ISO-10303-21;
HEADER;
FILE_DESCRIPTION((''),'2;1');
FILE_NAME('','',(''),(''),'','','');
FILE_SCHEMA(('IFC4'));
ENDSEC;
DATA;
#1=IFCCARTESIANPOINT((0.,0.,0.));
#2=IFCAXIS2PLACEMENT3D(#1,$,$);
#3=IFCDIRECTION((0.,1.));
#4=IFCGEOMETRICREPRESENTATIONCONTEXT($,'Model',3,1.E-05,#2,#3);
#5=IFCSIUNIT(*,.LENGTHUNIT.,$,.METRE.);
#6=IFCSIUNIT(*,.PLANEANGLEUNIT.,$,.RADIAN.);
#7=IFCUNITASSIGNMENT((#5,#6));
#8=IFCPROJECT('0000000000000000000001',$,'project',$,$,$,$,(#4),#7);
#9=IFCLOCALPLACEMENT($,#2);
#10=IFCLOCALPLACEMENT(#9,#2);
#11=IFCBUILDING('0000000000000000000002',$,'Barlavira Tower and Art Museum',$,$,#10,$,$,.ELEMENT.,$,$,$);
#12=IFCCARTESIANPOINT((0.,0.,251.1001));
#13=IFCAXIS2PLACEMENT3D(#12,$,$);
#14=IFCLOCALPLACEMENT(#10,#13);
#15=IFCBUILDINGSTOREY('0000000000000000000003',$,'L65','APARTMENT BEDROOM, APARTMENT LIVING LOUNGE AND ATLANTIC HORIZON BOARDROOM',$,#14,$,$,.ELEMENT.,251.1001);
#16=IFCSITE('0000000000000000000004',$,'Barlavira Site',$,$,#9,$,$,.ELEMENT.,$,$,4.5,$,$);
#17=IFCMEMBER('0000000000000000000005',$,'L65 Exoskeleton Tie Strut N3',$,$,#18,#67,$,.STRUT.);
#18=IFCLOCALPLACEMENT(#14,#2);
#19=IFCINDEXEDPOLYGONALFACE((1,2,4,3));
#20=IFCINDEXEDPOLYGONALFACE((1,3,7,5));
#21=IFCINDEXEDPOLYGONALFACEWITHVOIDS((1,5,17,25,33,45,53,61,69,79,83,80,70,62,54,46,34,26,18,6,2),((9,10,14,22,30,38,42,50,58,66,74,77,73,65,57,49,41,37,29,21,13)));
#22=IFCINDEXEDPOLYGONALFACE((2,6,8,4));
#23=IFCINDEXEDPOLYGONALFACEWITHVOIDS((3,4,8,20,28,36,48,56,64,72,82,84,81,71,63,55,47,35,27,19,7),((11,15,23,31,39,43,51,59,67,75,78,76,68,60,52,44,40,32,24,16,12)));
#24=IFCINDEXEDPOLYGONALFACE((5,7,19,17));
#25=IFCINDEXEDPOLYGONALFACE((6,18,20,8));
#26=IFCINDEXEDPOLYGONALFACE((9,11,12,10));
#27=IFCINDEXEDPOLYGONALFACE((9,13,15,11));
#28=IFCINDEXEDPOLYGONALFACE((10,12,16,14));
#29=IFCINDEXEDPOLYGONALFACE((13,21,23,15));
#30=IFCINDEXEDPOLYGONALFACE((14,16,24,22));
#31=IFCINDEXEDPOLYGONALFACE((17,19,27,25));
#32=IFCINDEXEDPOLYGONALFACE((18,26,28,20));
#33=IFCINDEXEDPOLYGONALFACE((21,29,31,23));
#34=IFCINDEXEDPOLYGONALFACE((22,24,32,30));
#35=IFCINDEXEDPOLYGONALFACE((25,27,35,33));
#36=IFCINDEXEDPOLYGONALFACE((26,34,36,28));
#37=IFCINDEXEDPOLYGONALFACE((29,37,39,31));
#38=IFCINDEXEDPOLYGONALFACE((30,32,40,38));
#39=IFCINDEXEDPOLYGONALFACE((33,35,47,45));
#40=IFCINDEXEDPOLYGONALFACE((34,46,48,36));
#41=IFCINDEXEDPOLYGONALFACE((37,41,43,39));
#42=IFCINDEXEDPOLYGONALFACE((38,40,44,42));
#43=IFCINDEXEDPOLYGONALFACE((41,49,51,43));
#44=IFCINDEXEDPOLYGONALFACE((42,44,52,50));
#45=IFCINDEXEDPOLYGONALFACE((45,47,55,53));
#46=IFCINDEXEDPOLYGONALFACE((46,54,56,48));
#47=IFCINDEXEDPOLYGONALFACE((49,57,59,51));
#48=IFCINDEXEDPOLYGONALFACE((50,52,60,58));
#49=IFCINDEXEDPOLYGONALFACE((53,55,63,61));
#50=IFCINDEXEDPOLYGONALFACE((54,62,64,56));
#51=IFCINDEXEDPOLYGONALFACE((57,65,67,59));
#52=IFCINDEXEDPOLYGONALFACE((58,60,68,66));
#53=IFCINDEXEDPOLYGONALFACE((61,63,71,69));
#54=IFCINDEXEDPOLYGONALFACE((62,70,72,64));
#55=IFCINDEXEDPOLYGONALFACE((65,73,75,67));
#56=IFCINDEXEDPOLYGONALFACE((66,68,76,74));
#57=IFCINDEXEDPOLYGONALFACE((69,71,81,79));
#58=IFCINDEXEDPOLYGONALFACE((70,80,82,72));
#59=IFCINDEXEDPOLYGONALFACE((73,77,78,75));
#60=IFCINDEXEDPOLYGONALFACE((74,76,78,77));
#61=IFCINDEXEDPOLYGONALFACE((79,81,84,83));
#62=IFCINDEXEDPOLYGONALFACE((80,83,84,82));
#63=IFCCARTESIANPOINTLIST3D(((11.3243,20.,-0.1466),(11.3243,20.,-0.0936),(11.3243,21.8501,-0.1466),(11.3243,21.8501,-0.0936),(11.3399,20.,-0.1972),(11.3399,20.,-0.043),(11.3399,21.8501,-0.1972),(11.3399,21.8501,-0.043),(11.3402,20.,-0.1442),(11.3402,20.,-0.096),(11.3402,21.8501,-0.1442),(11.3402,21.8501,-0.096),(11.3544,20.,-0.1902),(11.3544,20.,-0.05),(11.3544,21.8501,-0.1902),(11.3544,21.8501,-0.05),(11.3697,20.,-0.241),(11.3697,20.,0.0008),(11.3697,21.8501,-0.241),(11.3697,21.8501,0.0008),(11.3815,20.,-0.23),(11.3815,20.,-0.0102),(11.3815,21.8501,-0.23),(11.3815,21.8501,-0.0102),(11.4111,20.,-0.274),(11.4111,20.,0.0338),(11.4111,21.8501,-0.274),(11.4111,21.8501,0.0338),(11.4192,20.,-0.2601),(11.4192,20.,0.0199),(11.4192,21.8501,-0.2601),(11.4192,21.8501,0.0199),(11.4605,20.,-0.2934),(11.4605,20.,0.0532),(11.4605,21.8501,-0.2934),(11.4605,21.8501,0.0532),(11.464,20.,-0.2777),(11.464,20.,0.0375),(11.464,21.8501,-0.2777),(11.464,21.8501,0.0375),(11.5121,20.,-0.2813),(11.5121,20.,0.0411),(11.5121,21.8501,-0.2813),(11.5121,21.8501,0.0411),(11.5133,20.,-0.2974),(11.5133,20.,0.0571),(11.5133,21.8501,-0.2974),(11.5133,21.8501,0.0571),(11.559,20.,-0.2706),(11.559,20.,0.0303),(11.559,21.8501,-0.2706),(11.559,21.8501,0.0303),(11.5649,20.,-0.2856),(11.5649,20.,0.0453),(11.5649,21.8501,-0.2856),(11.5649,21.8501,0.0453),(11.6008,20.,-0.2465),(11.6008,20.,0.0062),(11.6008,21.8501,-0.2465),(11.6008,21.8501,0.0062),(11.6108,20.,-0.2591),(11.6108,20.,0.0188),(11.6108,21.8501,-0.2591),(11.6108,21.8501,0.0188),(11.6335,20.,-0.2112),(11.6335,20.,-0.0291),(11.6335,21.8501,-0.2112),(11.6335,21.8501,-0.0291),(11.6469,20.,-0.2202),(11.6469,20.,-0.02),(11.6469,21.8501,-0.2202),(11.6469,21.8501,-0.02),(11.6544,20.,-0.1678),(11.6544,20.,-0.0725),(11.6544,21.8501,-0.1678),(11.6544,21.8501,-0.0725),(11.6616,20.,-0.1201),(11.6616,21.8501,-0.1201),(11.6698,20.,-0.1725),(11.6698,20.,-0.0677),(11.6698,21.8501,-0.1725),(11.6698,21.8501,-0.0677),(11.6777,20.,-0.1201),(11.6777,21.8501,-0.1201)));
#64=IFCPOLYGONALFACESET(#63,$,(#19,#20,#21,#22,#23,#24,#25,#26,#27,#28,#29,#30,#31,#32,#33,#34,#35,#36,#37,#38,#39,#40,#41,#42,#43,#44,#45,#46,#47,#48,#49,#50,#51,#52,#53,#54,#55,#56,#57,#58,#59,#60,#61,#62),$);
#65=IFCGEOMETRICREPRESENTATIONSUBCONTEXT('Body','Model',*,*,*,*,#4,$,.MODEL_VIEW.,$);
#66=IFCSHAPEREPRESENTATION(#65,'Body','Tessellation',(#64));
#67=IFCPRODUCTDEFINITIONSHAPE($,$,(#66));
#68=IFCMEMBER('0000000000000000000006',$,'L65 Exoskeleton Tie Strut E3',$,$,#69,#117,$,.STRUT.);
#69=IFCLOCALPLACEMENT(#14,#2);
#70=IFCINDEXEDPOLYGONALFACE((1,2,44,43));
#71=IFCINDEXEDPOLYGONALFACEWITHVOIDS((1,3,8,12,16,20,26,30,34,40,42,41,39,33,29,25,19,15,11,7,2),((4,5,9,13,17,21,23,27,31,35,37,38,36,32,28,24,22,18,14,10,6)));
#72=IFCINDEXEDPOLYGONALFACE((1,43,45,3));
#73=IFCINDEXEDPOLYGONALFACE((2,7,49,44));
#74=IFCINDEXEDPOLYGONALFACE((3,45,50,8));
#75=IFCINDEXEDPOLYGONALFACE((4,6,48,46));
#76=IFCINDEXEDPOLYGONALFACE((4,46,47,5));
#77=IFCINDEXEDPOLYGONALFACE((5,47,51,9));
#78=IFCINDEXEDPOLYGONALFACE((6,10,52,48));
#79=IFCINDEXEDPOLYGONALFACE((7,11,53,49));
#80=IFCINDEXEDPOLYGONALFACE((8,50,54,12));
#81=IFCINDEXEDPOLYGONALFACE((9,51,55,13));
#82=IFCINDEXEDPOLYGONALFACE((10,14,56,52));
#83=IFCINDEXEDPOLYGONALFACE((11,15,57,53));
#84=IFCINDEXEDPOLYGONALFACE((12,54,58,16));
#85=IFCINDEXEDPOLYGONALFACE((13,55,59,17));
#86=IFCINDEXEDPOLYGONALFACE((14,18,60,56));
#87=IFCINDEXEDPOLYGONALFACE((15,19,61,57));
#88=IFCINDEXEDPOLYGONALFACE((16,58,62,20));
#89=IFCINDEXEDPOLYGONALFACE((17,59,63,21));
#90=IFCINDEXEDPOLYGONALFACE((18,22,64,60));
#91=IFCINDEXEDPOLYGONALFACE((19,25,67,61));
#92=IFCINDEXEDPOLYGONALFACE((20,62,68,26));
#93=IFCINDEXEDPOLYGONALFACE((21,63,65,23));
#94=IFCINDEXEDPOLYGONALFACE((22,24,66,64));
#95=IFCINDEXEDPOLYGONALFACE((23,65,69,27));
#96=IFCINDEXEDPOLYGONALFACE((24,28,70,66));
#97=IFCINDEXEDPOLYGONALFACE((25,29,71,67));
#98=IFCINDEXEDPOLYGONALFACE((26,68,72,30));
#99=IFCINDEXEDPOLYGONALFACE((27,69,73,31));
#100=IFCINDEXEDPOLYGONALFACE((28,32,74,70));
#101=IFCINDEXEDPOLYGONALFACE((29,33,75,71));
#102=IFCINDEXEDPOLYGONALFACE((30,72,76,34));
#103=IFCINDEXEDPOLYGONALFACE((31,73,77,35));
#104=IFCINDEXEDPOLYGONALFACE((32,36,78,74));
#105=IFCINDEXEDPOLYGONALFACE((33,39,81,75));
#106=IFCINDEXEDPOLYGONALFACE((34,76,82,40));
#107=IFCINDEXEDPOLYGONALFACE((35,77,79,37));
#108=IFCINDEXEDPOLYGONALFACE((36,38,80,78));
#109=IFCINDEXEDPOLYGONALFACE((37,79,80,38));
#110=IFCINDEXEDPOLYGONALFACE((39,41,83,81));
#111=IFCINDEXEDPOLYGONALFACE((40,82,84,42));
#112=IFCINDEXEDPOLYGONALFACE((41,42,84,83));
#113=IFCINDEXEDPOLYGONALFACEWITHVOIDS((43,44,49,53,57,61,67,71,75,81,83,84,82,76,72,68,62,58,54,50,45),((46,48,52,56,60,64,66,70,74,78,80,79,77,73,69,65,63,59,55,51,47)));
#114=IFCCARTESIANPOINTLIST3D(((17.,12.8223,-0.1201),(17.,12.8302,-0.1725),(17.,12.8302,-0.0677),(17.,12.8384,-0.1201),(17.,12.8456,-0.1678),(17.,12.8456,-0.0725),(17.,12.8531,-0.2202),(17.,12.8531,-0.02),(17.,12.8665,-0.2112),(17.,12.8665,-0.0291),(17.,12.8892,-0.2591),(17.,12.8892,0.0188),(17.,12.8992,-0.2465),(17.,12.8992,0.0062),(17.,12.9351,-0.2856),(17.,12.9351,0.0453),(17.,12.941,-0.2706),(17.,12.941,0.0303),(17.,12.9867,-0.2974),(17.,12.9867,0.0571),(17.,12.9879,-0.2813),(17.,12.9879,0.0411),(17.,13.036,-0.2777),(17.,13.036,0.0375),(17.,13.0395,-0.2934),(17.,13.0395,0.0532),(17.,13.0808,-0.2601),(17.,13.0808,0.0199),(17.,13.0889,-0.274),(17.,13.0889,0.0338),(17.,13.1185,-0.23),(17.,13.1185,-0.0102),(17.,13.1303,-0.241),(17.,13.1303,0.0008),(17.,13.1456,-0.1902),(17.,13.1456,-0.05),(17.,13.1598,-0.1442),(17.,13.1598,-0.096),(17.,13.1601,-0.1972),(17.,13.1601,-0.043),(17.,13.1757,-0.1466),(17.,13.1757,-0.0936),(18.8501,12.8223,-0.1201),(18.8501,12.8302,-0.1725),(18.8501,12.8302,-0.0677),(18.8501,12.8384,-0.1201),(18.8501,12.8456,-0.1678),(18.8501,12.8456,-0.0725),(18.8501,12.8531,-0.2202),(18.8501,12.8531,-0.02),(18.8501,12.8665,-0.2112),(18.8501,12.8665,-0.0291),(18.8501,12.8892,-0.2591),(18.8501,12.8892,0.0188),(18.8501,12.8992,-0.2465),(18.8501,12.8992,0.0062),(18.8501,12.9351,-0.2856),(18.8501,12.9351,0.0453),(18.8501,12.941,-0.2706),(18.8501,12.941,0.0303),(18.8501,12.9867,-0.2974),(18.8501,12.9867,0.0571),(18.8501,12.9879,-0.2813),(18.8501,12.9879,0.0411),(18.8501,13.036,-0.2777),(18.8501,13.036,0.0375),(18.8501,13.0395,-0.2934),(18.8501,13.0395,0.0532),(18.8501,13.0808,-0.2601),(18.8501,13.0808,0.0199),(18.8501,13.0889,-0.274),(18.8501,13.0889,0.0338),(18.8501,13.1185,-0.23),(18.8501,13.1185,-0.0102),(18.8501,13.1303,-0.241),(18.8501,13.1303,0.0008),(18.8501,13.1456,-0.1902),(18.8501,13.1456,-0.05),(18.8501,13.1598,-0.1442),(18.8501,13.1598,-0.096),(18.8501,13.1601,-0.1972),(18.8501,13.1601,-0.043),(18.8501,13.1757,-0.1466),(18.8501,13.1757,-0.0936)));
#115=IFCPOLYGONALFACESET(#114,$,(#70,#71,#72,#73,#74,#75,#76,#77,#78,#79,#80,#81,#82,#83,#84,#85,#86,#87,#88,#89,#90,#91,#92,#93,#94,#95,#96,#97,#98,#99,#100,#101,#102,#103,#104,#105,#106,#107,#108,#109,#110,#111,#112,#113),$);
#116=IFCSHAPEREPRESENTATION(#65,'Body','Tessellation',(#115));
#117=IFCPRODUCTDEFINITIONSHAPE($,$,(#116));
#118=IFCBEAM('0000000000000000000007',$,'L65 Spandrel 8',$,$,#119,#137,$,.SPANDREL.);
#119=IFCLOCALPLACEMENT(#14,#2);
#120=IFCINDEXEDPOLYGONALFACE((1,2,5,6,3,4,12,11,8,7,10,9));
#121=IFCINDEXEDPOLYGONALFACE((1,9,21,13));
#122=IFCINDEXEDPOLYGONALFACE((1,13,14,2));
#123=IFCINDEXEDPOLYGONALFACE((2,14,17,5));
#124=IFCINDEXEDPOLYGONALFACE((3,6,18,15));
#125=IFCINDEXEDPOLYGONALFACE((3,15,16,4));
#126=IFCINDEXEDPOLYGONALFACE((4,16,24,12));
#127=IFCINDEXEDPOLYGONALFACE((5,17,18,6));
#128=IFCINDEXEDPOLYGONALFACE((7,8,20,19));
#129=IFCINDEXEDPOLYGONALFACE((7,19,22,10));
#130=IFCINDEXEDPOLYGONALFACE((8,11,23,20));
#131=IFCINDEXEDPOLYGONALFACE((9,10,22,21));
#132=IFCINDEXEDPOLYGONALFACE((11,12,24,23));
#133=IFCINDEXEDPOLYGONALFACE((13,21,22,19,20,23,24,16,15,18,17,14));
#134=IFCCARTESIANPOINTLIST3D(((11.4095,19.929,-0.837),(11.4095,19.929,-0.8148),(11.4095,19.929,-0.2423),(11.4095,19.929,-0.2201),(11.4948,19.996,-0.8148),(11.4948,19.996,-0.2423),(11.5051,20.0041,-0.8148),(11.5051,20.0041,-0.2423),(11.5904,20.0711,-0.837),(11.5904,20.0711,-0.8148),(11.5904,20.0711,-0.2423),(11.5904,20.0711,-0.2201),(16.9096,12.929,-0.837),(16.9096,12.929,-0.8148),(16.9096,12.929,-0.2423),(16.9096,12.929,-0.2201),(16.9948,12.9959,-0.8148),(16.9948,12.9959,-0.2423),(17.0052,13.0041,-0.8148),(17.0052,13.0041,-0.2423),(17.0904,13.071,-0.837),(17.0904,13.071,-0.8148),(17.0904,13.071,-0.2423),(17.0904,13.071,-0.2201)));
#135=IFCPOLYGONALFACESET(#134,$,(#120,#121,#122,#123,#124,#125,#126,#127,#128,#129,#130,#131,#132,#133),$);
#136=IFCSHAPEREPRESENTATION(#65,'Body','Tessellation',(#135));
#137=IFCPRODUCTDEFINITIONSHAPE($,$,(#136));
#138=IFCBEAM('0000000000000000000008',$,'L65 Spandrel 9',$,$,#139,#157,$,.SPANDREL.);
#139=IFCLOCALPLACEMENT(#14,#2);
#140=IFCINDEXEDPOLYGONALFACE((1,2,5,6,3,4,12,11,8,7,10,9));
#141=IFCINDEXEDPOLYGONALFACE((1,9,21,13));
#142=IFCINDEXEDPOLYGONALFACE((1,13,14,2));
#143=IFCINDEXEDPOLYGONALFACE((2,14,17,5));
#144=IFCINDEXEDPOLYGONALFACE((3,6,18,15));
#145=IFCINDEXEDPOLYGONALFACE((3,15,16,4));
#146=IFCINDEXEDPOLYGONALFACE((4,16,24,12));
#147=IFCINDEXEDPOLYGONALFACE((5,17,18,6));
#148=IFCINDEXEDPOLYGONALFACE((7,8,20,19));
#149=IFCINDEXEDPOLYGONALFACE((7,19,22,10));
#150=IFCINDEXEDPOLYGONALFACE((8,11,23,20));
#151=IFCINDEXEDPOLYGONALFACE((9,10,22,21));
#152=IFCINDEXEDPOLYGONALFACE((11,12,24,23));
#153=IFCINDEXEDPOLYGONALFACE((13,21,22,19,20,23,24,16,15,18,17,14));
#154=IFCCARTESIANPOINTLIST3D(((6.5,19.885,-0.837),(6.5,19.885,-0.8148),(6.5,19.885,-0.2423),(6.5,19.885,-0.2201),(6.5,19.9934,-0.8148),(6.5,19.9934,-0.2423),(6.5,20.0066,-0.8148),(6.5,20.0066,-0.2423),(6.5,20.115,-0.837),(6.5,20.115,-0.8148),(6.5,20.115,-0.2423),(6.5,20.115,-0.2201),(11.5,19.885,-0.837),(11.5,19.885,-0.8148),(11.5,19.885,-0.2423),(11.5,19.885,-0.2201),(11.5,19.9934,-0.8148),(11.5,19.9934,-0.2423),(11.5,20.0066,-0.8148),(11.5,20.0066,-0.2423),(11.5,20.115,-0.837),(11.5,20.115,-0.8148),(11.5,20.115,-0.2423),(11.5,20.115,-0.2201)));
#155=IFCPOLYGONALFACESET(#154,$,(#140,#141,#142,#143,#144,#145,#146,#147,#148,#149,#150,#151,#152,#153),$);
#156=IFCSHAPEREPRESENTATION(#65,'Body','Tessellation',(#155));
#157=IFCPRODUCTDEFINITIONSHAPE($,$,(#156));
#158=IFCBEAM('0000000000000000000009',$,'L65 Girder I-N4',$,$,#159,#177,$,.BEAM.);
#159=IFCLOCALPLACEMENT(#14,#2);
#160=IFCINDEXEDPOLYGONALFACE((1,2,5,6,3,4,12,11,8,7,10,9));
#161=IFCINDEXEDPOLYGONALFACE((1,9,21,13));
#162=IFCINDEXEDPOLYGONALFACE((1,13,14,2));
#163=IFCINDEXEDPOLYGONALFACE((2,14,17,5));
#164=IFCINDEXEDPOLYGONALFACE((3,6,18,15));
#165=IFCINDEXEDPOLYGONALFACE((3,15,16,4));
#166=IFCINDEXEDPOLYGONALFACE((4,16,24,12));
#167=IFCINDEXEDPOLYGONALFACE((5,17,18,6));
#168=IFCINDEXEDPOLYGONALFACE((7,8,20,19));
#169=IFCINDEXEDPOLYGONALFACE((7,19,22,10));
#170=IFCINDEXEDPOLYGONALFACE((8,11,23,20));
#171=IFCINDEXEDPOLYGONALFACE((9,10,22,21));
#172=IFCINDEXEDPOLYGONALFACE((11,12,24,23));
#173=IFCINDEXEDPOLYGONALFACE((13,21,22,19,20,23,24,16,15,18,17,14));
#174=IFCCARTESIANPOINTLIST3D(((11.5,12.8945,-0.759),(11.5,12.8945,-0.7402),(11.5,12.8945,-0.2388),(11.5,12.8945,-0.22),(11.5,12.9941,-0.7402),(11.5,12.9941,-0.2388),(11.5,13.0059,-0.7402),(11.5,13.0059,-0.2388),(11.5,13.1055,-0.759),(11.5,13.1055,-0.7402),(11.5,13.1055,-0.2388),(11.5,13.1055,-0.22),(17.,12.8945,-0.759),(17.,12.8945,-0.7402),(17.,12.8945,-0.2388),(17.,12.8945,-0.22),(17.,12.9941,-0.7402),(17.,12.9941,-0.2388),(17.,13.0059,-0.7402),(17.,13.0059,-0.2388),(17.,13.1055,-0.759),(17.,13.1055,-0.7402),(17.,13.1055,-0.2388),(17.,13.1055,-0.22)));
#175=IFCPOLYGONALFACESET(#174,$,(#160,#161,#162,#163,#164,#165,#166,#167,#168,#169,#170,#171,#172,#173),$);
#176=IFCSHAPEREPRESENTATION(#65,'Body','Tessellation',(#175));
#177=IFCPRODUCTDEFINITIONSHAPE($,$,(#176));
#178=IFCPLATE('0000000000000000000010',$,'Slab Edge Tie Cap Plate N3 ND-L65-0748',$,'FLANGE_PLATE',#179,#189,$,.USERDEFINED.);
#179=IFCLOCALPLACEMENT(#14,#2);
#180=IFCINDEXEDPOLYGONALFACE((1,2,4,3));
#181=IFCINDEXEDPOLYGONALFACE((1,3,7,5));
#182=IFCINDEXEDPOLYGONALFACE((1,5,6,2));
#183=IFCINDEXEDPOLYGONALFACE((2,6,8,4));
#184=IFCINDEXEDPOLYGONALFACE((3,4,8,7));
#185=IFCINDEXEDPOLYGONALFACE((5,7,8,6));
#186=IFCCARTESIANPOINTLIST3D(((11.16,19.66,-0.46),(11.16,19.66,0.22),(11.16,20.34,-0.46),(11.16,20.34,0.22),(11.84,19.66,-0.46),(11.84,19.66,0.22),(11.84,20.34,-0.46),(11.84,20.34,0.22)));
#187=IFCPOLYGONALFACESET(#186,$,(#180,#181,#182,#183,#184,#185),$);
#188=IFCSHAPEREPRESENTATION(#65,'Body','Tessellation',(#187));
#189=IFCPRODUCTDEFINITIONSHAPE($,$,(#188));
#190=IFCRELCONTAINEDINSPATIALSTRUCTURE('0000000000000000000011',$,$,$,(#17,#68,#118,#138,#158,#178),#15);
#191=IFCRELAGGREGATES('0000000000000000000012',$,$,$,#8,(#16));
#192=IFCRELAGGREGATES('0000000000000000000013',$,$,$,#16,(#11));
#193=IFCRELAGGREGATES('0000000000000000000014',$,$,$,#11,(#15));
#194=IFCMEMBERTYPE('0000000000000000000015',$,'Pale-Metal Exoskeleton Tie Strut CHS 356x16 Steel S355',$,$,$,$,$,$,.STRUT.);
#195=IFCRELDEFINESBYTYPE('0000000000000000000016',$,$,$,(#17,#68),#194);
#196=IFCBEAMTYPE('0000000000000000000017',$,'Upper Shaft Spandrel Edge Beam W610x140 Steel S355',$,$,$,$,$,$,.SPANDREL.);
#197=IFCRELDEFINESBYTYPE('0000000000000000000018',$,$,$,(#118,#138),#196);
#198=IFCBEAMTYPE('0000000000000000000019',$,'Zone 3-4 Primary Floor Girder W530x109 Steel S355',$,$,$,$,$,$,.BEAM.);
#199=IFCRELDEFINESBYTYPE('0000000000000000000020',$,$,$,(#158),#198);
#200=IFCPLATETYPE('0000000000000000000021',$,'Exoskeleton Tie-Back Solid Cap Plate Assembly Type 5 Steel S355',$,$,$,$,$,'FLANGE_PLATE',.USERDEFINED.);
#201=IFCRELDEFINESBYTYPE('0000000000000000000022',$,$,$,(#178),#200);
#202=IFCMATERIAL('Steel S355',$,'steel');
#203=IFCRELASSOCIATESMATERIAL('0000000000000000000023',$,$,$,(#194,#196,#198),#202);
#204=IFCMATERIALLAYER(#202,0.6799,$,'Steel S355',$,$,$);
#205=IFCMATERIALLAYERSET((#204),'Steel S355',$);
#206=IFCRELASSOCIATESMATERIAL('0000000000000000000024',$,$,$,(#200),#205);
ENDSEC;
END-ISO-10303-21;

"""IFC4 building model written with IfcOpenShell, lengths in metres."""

from ifc_helpers import new_model, si_unit, direction, frame, origin, origin_2d, place, context, subcontext, project, spatial, rectangle, hollow_circle, i_section, extrude, material, layer, layer_set, material_profile, profile_set, type_object, element, save


model = new_model("IFC4")

# Units and contexts
model_context = context("Model", 3, precision=1e-05, world=origin(), true_north=direction((0.0, 1.0)))
body_context = subcontext(model_context, "Body", "Model", "MODEL_VIEW")
ifc_project = project(units=[si_unit("LENGTHUNIT", "METRE"), si_unit("PLANEANGLEUNIT", "RADIAN")], contexts=[model_context])

# Site, building, storey
site_placement = place(None, origin())
site = spatial("IfcSite", under=ifc_project, at=site_placement, Name="Barlavira Site", CompositionType="ELEMENT", RefElevation=4.5)
building_placement = place(site_placement, origin())
building = spatial("IfcBuilding", under=site, at=building_placement, Name="Barlavira Tower and Art Museum", CompositionType="ELEMENT")
storey_placement = place(building_placement, frame((0.0, 0.0, 251.1001)))
storey = spatial("IfcBuildingStorey", under=building, at=storey_placement, Name="L65", Description="APARTMENT BEDROOM, APARTMENT LIVING LOUNGE AND ATLANTIC HORIZON BOARDROOM", CompositionType="ELEMENT", Elevation=251.1001)

# Members
ifc_material_1 = material(Name="Steel S355", Category="steel")
ifc_material_profile_1 = material_profile(ifc_material_1, hollow_circle(Radius=0.1777, WallThickness=0.0161, at=origin_2d()), Name="CHS 355.6x16.0")
ifc_profile_set_1 = profile_set([ifc_material_profile_1], Name="Steel S355")
member_type_1 = type_object("IfcMemberType", Name="Pale-Metal Exoskeleton Tie Strut CHS 356x16 Steel S355", PredefinedType="STRUT", material=ifc_profile_set_1)
for number, where, z_axis, x_axis, name in (
    (1, (11.5, 21.8501, -0.1201), (0.0, -1.0, 0.0), (1.0, 0.0, 0.0), "L65 Exoskeleton Tie Strut N3"),
    (2, (18.8501, 13.0, -0.1201), (-1.0, 0.0, 0.0), (0.0, -1.0, 0.0), "L65 Exoskeleton Tie Strut E3"),
):
    element("IfcMember", number, at=place(storey_placement, frame(where, z_axis=z_axis, x_axis=x_axis)), inside=storey, type_object=member_type_1, Name=name, PredefinedType="STRUT", context=body_context, shape_type="SweptSolid", body=[
        extrude(hollow_circle(Radius=0.1777, WallThickness=0.0161, at=origin_2d()), origin(), (0.0, 0.0, 1.0), 1.8501),
    ])

# Beams
ifc_material_profile_2 = material_profile(ifc_material_1, i_section(OverallWidth=0.23, OverallDepth=0.6169, WebThickness=0.0132, FlangeThickness=0.0222, at=origin_2d()), Name="W610x140.0")
ifc_profile_set_2 = profile_set([ifc_material_profile_2], Name="Steel S355")
beam_type_1 = type_object("IfcBeamType", Name="Upper Shaft Spandrel Edge Beam W610x140 Steel S355", PredefinedType="SPANDREL", material=ifc_profile_set_2)
beam_1_placement = place(storey_placement, frame((17.0, 13.0, -0.5286), z_axis=(-0.617822, 0.786318, 0.0), x_axis=(-0.786318, -0.617822, 0.0)))
element("IfcBeam", 3, at=beam_1_placement, inside=storey, type_object=beam_type_1, Name="L65 Spandrel 8", PredefinedType="SPANDREL", context=body_context, shape_type="SweptSolid", body=[
    extrude(i_section(OverallWidth=0.23, OverallDepth=0.6169, WebThickness=0.0132, FlangeThickness=0.0222, at=origin_2d()), origin(), (0.0, 0.0, 1.0), 8.9023),
])
beam_2_placement = place(storey_placement, frame((6.5, 20.0, -0.5286), z_axis=(1.0, 0.0, 0.0), x_axis=(0.0, 1.0, 0.0)))
element("IfcBeam", 4, at=beam_2_placement, inside=storey, type_object=beam_type_1, Name="L65 Spandrel 9", PredefinedType="SPANDREL", context=body_context, shape_type="SweptSolid", body=[
    extrude(i_section(OverallWidth=0.23, OverallDepth=0.6169, WebThickness=0.0132, FlangeThickness=0.0222, at=origin_2d()), origin(), (0.0, 0.0, 1.0), 5.0),
])
ifc_material_profile_3 = material_profile(ifc_material_1, i_section(OverallWidth=0.2109, OverallDepth=0.5391, WebThickness=0.0117, FlangeThickness=0.0188, at=origin_2d()), Name="W530x109.0")
ifc_profile_set_3 = profile_set([ifc_material_profile_3], Name="Steel S355")
beam_type_2 = type_object("IfcBeamType", Name="Zone 3-4 Primary Floor Girder W530x109 Steel S355", PredefinedType="BEAM", material=ifc_profile_set_3)
beam_3_placement = place(storey_placement, frame((11.5, 13.0, -0.4895), z_axis=(1.0, 0.0, 0.0), x_axis=(0.0, 1.0, 0.0)))
element("IfcBeam", 5, at=beam_3_placement, inside=storey, type_object=beam_type_2, Name="L65 Girder I-N4", PredefinedType="BEAM", context=body_context, shape_type="SweptSolid", body=[
    extrude(i_section(OverallWidth=0.2109, OverallDepth=0.5391, WebThickness=0.0117, FlangeThickness=0.0188, at=origin_2d()), origin(), (0.0, 0.0, 1.0), 5.5),
])

# Plate
ifc_layer_1 = layer(ifc_material_1, 0.6799, Name="Steel S355")
ifc_layer_set_1 = layer_set([ifc_layer_1], Name="Steel S355")
plate_type = type_object("IfcPlateType", Name="Exoskeleton Tie-Back Solid Cap Plate Assembly Type 5 Steel S355", ElementType="FLANGE_PLATE", PredefinedType="USERDEFINED", material=ifc_layer_set_1)
for number, where, z_axis, x_axis, name in (
    (6, (11.5, 20.0, -0.46), (0.0, 0.0, 1.0), (1.0, 0.0, 0.0), "Slab Edge Tie Cap Plate N3 ND-L65-0748"),
):
    element("IfcPlate", number, at=place(storey_placement, frame(where, z_axis=z_axis, x_axis=x_axis)), inside=storey, type_object=plate_type, Name=name, ObjectType="FLANGE_PLATE", PredefinedType="USERDEFINED", context=body_context, shape_type="SweptSolid", body=[
        extrude(rectangle(XDim=0.6799, YDim=0.6799, at=origin_2d()), origin(), (0.0, 0.0, 1.0), 0.6799),
    ])

save(model, "model.ifc")
